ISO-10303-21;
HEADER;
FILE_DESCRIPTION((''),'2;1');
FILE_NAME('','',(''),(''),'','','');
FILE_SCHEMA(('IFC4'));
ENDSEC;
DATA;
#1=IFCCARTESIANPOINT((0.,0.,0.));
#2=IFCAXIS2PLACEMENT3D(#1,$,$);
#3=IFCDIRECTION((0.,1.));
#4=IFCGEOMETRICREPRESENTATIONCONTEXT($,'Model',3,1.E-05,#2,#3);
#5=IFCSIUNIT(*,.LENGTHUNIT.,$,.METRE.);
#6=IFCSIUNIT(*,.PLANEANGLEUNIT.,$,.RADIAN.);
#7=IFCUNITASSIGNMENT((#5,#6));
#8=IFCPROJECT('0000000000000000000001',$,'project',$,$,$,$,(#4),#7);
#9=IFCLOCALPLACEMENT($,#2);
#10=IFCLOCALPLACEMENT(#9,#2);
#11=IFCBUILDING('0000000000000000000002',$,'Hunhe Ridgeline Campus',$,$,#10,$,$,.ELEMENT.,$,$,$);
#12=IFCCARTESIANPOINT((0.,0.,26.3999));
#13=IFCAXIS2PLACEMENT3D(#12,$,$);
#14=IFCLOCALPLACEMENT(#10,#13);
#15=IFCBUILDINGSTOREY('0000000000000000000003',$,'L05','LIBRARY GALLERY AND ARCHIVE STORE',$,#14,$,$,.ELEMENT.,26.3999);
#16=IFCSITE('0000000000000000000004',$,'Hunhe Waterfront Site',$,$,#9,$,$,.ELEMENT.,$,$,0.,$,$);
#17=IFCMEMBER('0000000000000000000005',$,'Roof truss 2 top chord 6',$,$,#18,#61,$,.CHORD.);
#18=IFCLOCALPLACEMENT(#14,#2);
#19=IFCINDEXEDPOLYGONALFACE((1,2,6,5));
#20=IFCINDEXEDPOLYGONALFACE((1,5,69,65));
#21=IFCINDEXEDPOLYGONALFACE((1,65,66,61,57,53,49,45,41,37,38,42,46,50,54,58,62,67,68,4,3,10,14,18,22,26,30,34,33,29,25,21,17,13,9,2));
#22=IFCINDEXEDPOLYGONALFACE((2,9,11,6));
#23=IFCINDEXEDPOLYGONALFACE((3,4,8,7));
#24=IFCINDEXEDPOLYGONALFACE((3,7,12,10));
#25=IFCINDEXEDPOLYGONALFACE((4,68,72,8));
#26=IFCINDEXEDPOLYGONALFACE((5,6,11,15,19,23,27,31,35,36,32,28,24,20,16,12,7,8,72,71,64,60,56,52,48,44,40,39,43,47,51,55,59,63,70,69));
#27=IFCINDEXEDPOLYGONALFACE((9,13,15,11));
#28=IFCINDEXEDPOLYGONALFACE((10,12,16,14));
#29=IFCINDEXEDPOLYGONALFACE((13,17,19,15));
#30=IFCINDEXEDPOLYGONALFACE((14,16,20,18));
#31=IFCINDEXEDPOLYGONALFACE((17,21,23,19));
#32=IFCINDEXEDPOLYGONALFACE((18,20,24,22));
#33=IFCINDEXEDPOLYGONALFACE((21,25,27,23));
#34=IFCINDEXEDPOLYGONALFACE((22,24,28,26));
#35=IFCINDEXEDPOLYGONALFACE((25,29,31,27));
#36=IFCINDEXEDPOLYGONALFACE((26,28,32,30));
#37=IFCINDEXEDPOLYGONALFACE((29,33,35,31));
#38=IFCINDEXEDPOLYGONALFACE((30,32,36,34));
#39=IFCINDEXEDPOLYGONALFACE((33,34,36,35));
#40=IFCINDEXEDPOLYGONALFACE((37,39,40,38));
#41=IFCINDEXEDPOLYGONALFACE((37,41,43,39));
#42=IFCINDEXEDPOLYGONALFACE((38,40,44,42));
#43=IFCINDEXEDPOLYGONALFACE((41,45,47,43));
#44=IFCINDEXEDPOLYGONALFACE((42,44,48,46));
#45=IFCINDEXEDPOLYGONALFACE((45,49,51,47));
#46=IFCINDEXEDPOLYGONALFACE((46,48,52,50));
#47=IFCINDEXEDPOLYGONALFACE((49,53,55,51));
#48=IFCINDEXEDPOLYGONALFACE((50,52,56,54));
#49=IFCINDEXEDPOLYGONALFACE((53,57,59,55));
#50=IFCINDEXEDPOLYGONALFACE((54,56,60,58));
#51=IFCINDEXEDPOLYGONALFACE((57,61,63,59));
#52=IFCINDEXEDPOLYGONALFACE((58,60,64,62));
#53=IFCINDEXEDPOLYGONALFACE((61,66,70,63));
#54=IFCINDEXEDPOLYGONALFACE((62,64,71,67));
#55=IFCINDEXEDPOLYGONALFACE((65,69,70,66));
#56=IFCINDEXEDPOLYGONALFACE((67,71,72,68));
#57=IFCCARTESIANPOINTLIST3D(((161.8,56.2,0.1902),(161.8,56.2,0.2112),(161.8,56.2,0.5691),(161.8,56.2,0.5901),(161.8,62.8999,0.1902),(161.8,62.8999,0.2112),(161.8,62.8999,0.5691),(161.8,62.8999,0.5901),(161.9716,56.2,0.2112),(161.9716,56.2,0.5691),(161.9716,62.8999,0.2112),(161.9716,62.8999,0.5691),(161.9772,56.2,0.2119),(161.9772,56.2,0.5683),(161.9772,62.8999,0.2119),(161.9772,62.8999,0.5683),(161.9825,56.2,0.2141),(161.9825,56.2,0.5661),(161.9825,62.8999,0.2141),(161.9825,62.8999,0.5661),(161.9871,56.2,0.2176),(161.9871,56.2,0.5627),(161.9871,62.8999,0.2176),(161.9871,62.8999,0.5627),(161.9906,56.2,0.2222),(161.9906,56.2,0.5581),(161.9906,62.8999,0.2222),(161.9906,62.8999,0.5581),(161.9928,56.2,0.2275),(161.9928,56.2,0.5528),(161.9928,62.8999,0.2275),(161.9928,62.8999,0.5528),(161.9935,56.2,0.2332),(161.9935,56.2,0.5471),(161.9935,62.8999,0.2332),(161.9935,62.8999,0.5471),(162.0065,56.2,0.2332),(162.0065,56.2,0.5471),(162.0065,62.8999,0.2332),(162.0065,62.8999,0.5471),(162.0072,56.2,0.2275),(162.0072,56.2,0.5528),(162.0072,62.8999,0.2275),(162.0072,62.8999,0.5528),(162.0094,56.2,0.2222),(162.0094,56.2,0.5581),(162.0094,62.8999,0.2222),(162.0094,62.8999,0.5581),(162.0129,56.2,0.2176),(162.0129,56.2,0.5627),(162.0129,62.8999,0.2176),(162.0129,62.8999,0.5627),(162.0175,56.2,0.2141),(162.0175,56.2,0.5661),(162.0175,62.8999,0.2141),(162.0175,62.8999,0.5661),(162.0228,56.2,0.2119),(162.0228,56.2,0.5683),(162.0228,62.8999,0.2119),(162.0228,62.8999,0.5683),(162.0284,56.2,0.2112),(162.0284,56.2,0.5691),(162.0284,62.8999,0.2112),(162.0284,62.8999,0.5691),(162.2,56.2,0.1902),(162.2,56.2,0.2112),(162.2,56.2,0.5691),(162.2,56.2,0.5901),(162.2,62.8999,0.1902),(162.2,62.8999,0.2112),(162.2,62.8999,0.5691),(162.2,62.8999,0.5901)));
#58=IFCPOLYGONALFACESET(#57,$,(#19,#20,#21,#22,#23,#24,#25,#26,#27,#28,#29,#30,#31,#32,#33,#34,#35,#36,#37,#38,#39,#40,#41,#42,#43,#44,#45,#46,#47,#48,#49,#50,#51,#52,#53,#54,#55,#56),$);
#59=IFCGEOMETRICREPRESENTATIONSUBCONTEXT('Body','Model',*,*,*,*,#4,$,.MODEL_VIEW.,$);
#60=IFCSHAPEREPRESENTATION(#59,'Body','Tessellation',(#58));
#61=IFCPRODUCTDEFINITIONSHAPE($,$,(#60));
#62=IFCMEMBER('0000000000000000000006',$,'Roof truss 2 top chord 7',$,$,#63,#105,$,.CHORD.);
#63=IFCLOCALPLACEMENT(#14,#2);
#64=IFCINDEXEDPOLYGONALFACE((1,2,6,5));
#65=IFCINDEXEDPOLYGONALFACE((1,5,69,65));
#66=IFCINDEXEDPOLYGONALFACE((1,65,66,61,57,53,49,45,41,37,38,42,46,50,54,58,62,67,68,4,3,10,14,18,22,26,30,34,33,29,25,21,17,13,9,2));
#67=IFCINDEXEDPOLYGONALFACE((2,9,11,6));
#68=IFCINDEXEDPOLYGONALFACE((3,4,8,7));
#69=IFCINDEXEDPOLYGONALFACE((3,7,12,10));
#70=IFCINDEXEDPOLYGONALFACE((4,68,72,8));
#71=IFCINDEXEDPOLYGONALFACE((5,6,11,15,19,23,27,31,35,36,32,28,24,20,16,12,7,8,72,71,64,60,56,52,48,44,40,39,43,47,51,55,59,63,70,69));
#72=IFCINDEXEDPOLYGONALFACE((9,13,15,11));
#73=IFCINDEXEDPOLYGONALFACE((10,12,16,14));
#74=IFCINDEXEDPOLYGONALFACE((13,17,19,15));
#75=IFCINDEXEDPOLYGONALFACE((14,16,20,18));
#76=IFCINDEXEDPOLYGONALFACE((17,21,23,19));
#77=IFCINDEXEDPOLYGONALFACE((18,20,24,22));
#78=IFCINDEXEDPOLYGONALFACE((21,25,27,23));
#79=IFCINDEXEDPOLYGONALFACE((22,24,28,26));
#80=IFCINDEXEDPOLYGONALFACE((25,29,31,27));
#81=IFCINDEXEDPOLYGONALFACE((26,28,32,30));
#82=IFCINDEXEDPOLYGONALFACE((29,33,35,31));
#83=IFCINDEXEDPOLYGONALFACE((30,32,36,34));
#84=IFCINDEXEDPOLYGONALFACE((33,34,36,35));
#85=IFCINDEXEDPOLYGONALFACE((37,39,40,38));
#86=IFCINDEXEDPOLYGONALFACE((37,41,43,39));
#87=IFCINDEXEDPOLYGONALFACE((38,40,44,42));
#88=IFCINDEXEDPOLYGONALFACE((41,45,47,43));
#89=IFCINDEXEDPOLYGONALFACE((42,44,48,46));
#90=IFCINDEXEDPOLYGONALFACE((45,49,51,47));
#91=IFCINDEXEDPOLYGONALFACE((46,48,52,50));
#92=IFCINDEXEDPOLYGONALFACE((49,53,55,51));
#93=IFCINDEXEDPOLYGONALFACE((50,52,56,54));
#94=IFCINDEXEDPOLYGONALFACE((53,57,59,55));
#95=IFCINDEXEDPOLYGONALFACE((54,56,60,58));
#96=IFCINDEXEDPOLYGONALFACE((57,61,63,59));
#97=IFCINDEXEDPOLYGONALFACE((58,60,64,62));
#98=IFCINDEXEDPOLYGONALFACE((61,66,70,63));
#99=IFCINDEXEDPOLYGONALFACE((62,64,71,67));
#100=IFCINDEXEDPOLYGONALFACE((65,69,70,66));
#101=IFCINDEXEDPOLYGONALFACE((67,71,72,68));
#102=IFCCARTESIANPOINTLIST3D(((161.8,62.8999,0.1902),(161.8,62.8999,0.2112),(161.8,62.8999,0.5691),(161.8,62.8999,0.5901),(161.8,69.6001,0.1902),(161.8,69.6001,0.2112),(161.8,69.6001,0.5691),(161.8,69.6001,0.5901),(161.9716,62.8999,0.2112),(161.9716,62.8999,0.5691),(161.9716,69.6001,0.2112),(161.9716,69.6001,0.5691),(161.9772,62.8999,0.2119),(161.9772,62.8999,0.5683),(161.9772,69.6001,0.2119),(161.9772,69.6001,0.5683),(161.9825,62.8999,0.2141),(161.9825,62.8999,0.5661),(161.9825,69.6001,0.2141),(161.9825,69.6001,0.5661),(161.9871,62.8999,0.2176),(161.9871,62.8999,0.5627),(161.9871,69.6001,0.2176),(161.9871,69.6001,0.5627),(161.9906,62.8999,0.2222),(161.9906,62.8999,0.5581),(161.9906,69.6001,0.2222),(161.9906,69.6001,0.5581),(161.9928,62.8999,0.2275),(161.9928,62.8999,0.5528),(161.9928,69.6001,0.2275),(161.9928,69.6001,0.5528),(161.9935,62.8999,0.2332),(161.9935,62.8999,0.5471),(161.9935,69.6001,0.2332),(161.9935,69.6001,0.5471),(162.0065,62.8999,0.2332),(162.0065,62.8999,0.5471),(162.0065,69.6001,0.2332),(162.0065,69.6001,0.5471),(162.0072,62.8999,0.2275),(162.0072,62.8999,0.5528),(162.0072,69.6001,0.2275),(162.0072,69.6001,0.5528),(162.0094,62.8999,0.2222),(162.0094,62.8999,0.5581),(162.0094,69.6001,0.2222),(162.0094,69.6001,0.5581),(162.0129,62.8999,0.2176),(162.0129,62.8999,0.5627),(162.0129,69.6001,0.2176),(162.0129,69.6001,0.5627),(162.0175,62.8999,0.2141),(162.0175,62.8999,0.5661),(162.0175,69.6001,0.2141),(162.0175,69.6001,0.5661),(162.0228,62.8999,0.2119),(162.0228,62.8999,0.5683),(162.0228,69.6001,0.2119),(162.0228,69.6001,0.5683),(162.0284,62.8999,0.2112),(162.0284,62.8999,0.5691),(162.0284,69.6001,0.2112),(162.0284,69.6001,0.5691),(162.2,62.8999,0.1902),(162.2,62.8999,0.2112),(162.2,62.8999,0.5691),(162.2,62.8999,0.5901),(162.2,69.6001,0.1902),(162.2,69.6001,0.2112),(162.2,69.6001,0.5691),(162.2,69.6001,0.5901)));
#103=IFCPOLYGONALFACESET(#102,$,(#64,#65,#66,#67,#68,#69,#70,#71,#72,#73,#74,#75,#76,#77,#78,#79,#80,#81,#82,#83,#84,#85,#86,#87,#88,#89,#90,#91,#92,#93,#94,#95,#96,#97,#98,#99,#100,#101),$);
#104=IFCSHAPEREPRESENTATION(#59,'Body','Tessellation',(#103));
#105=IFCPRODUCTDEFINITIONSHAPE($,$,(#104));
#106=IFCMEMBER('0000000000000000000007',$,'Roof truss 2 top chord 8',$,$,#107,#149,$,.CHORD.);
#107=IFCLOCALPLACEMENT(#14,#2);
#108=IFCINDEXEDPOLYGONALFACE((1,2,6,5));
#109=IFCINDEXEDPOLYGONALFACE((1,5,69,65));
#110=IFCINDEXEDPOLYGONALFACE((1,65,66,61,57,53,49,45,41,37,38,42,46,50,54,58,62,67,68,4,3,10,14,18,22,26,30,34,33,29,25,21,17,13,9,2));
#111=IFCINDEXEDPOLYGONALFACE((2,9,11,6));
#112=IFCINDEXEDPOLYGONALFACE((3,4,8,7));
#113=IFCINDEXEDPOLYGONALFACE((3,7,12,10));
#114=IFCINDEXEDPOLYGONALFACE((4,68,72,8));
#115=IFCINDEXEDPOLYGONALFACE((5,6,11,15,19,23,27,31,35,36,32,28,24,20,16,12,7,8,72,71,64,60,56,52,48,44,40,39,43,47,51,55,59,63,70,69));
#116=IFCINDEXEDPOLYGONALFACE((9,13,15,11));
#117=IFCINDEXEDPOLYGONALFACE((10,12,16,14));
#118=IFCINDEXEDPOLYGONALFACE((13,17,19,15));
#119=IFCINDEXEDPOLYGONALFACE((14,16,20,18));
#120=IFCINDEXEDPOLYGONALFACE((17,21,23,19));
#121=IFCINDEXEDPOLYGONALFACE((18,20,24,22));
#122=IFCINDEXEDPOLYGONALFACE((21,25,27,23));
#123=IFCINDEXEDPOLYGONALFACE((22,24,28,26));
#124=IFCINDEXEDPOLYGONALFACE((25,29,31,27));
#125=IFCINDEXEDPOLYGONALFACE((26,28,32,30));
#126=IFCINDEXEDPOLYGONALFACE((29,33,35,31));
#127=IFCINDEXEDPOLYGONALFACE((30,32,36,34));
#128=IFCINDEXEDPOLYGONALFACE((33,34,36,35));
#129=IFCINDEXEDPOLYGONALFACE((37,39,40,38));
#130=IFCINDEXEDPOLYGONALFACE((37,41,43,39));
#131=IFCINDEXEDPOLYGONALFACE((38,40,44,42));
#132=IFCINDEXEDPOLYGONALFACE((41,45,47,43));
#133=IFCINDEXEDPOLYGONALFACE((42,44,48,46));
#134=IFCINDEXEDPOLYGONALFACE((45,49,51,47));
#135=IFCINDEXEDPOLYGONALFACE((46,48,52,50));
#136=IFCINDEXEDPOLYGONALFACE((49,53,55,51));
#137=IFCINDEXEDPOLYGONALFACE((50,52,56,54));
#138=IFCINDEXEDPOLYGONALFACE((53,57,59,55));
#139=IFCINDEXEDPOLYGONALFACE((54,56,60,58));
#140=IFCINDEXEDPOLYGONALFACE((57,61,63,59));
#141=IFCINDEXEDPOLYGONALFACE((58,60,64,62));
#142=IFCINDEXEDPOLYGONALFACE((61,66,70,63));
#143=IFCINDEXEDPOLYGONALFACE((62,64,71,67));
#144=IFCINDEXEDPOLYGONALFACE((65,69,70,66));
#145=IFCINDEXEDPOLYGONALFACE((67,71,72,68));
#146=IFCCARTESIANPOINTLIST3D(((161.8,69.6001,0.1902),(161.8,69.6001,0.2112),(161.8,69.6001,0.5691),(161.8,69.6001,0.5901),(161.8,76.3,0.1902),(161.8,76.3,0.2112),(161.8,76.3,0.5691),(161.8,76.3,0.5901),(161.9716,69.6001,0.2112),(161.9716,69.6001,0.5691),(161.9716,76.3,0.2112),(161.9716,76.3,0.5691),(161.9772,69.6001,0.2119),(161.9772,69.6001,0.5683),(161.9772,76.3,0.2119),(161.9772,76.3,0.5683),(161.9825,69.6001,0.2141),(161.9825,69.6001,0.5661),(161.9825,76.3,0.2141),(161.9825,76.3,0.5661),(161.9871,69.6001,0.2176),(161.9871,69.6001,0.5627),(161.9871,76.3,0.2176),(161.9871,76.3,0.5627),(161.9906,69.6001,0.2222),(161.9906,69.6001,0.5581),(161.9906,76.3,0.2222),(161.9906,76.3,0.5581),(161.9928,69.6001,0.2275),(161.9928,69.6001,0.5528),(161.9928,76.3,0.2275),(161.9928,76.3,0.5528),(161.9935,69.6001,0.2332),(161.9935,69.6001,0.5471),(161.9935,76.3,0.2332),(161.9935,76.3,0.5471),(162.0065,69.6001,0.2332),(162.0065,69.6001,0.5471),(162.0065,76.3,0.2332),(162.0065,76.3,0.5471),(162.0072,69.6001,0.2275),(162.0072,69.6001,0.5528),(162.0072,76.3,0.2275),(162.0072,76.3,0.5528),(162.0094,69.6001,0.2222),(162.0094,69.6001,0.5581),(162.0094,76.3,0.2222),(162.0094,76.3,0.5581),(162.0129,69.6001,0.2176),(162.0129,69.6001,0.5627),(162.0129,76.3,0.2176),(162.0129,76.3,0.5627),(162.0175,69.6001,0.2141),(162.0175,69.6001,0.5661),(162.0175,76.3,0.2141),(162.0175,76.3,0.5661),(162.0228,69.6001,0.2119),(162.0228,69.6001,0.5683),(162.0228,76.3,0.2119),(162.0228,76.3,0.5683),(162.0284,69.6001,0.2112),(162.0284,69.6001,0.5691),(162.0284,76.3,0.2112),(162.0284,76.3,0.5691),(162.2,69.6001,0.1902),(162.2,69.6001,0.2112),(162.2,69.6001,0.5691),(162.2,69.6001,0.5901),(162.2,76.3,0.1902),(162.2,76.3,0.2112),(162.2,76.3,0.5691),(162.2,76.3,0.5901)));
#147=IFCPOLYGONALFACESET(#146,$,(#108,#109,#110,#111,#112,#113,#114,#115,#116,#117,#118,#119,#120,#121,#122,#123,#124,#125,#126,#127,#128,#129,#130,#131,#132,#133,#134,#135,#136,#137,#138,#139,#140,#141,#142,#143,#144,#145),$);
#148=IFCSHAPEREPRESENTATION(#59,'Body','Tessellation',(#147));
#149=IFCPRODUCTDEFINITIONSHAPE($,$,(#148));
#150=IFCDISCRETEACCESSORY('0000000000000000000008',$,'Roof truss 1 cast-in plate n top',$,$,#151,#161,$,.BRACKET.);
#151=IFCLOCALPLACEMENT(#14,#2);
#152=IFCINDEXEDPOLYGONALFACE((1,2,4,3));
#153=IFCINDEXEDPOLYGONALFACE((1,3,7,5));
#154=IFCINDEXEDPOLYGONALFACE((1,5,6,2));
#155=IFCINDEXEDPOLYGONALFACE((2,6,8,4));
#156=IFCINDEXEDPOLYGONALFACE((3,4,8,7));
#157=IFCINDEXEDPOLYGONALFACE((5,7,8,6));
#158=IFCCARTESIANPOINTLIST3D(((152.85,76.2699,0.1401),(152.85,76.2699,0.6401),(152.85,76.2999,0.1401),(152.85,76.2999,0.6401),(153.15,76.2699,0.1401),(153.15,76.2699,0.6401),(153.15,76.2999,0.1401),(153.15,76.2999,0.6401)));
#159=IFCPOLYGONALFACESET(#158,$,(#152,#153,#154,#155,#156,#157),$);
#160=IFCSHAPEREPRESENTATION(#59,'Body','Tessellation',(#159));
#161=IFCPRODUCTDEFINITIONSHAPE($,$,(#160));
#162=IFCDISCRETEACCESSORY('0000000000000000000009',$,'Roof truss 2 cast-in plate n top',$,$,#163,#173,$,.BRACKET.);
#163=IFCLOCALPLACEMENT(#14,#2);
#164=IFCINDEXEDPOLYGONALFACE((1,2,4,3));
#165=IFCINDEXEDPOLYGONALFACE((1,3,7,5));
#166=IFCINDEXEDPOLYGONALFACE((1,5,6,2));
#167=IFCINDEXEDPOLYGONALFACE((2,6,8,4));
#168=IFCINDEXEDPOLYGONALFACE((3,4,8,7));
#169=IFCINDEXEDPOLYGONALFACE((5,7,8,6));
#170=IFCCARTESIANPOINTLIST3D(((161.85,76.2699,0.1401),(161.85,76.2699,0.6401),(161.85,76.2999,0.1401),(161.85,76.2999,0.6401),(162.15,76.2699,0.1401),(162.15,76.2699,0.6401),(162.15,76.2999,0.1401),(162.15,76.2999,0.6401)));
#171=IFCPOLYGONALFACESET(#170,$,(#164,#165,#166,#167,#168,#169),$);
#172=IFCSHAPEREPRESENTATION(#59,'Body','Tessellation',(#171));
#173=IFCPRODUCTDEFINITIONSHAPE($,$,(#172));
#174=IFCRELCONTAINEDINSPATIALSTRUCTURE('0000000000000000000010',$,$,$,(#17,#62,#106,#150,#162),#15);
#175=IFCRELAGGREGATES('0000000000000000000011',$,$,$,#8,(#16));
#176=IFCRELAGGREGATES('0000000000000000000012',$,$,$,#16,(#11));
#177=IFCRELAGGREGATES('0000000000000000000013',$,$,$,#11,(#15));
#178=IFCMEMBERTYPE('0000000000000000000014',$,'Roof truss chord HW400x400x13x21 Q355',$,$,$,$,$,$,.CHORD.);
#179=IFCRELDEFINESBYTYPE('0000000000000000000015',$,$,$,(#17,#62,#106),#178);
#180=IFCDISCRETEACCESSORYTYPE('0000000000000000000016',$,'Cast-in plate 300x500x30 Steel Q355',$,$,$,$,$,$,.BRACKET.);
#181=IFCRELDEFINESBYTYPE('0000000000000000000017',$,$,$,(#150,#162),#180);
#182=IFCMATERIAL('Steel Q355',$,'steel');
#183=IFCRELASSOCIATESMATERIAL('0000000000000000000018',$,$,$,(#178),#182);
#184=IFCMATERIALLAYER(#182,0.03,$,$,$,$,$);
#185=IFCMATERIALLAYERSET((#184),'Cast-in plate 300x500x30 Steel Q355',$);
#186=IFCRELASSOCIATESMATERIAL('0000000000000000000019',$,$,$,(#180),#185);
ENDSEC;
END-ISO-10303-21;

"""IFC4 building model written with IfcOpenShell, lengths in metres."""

from ifc_helpers import new_model, si_unit, direction, frame, origin, origin_2d, place, context, subcontext, project, spatial, rectangle, i_section, extrude, material, layer, layer_set, material_profile, profile_set, type_object, element, save


model = new_model("IFC4")

# Units and contexts
model_context = context("Model", 3, precision=1e-05, world=origin(), true_north=direction((0.0, 1.0)))
body_context = subcontext(model_context, "Body", "Model", "MODEL_VIEW")
ifc_project = project(units=[si_unit("LENGTHUNIT", "METRE"), si_unit("PLANEANGLEUNIT", "RADIAN")], contexts=[model_context])

# Site, building, storey
site_placement = place(None, origin())
site = spatial("IfcSite", under=ifc_project, at=site_placement, Name="Hunhe Waterfront Site", CompositionType="ELEMENT", RefElevation=0.0)
building_placement = place(site_placement, origin())
building = spatial("IfcBuilding", under=site, at=building_placement, Name="Hunhe Ridgeline Campus", CompositionType="ELEMENT")
storey_placement = place(building_placement, frame((0.0, 0.0, 26.3999)))
storey = spatial("IfcBuildingStorey", under=building, at=storey_placement, Name="L05", Description="LIBRARY GALLERY AND ARCHIVE STORE", CompositionType="ELEMENT", Elevation=26.3999)

# Members
ifc_material_1 = material(Name="Steel Q355", Category="steel")
ifc_material_profile_1 = material_profile(ifc_material_1, i_section(OverallWidth=0.3999, OverallDepth=0.3999, WebThickness=0.0129, FlangeThickness=0.021, FilletRadius=0.022, at=origin_2d()))
ifc_profile_set_1 = profile_set([ifc_material_profile_1], Name="Steel Q355")
member_type_1 = type_object("IfcMemberType", Name="Roof truss chord HW400x400x13x21 Q355", PredefinedType="CHORD", material=ifc_profile_set_1)
for number, where, z_axis, x_axis, name in (
    (1, (162.0, 56.2, 0.3901), (0.0, 1.0, 0.0), (-1.0, 0.0, 0.0), "Roof truss 2 top chord 6"),
):
    element("IfcMember", number, at=place(storey_placement, frame(where, z_axis=z_axis, x_axis=x_axis)), inside=storey, type_object=member_type_1, Name=name, PredefinedType="CHORD", context=body_context, shape_type="SweptSolid", body=[
        extrude(i_section(OverallWidth=0.3999, OverallDepth=0.3999, WebThickness=0.0129, FlangeThickness=0.021, FilletRadius=0.022, at=origin_2d()), origin(), (0.0, 0.0, 1.0), 6.7),
    ])
member_1_placement = place(storey_placement, frame((162.0, 62.8999, 0.3901), z_axis=(0.0, 1.0, 0.0), x_axis=(-1.0, 0.0, 0.0)))
element("IfcMember", 2, at=member_1_placement, inside=storey, type_object=member_type_1, Name="Roof truss 2 top chord 7", PredefinedType="CHORD", context=body_context, shape_type="SweptSolid", body=[
    extrude(i_section(OverallWidth=0.3999, OverallDepth=0.3999, WebThickness=0.0129, FlangeThickness=0.021, FilletRadius=0.022, at=origin_2d()), origin(), (0.0, 0.0, 1.0), 6.7002),
])
member_2_placement = place(storey_placement, frame((162.0, 69.6001, 0.3901), z_axis=(0.0, 1.0, 0.0), x_axis=(-1.0, 0.0, 0.0)))
element("IfcMember", 3, at=member_2_placement, inside=storey, type_object=member_type_1, Name="Roof truss 2 top chord 8", PredefinedType="CHORD", context=body_context, shape_type="SweptSolid", body=[
    extrude(i_section(OverallWidth=0.3999, OverallDepth=0.3999, WebThickness=0.0129, FlangeThickness=0.021, FilletRadius=0.022, at=origin_2d()), origin(), (0.0, 0.0, 1.0), 6.7),
])

# Discrete accessories
ifc_layer = layer(ifc_material_1, 0.03)
ifc_layer_set = layer_set([ifc_layer], Name="Cast-in plate 300x500x30 Steel Q355")
discrete_accessory_type = type_object("IfcDiscreteAccessoryType", Name="Cast-in plate 300x500x30 Steel Q355", PredefinedType="BRACKET", material=ifc_layer_set)
for number, where, z_axis, x_axis, name in (
    (4, (153.0, 76.2849, 0.1401), (0.0, 0.0, 1.0), (0.0, 1.0, 0.0), "Roof truss 1 cast-in plate n top"),
    (5, (162.0, 76.2849, 0.1401), (0.0, 0.0, 1.0), (0.0, 1.0, 0.0), "Roof truss 2 cast-in plate n top"),
):
    element("IfcDiscreteAccessory", number, at=place(storey_placement, frame(where, z_axis=z_axis, x_axis=x_axis)), inside=storey, type_object=discrete_accessory_type, Name=name, PredefinedType="BRACKET", context=body_context, shape_type="SweptSolid", body=[
        extrude(rectangle(XDim=0.03, YDim=0.3, at=origin_2d()), origin(), (0.0, 0.0, 1.0), 0.5),
    ])

save(model, "model.ifc")
